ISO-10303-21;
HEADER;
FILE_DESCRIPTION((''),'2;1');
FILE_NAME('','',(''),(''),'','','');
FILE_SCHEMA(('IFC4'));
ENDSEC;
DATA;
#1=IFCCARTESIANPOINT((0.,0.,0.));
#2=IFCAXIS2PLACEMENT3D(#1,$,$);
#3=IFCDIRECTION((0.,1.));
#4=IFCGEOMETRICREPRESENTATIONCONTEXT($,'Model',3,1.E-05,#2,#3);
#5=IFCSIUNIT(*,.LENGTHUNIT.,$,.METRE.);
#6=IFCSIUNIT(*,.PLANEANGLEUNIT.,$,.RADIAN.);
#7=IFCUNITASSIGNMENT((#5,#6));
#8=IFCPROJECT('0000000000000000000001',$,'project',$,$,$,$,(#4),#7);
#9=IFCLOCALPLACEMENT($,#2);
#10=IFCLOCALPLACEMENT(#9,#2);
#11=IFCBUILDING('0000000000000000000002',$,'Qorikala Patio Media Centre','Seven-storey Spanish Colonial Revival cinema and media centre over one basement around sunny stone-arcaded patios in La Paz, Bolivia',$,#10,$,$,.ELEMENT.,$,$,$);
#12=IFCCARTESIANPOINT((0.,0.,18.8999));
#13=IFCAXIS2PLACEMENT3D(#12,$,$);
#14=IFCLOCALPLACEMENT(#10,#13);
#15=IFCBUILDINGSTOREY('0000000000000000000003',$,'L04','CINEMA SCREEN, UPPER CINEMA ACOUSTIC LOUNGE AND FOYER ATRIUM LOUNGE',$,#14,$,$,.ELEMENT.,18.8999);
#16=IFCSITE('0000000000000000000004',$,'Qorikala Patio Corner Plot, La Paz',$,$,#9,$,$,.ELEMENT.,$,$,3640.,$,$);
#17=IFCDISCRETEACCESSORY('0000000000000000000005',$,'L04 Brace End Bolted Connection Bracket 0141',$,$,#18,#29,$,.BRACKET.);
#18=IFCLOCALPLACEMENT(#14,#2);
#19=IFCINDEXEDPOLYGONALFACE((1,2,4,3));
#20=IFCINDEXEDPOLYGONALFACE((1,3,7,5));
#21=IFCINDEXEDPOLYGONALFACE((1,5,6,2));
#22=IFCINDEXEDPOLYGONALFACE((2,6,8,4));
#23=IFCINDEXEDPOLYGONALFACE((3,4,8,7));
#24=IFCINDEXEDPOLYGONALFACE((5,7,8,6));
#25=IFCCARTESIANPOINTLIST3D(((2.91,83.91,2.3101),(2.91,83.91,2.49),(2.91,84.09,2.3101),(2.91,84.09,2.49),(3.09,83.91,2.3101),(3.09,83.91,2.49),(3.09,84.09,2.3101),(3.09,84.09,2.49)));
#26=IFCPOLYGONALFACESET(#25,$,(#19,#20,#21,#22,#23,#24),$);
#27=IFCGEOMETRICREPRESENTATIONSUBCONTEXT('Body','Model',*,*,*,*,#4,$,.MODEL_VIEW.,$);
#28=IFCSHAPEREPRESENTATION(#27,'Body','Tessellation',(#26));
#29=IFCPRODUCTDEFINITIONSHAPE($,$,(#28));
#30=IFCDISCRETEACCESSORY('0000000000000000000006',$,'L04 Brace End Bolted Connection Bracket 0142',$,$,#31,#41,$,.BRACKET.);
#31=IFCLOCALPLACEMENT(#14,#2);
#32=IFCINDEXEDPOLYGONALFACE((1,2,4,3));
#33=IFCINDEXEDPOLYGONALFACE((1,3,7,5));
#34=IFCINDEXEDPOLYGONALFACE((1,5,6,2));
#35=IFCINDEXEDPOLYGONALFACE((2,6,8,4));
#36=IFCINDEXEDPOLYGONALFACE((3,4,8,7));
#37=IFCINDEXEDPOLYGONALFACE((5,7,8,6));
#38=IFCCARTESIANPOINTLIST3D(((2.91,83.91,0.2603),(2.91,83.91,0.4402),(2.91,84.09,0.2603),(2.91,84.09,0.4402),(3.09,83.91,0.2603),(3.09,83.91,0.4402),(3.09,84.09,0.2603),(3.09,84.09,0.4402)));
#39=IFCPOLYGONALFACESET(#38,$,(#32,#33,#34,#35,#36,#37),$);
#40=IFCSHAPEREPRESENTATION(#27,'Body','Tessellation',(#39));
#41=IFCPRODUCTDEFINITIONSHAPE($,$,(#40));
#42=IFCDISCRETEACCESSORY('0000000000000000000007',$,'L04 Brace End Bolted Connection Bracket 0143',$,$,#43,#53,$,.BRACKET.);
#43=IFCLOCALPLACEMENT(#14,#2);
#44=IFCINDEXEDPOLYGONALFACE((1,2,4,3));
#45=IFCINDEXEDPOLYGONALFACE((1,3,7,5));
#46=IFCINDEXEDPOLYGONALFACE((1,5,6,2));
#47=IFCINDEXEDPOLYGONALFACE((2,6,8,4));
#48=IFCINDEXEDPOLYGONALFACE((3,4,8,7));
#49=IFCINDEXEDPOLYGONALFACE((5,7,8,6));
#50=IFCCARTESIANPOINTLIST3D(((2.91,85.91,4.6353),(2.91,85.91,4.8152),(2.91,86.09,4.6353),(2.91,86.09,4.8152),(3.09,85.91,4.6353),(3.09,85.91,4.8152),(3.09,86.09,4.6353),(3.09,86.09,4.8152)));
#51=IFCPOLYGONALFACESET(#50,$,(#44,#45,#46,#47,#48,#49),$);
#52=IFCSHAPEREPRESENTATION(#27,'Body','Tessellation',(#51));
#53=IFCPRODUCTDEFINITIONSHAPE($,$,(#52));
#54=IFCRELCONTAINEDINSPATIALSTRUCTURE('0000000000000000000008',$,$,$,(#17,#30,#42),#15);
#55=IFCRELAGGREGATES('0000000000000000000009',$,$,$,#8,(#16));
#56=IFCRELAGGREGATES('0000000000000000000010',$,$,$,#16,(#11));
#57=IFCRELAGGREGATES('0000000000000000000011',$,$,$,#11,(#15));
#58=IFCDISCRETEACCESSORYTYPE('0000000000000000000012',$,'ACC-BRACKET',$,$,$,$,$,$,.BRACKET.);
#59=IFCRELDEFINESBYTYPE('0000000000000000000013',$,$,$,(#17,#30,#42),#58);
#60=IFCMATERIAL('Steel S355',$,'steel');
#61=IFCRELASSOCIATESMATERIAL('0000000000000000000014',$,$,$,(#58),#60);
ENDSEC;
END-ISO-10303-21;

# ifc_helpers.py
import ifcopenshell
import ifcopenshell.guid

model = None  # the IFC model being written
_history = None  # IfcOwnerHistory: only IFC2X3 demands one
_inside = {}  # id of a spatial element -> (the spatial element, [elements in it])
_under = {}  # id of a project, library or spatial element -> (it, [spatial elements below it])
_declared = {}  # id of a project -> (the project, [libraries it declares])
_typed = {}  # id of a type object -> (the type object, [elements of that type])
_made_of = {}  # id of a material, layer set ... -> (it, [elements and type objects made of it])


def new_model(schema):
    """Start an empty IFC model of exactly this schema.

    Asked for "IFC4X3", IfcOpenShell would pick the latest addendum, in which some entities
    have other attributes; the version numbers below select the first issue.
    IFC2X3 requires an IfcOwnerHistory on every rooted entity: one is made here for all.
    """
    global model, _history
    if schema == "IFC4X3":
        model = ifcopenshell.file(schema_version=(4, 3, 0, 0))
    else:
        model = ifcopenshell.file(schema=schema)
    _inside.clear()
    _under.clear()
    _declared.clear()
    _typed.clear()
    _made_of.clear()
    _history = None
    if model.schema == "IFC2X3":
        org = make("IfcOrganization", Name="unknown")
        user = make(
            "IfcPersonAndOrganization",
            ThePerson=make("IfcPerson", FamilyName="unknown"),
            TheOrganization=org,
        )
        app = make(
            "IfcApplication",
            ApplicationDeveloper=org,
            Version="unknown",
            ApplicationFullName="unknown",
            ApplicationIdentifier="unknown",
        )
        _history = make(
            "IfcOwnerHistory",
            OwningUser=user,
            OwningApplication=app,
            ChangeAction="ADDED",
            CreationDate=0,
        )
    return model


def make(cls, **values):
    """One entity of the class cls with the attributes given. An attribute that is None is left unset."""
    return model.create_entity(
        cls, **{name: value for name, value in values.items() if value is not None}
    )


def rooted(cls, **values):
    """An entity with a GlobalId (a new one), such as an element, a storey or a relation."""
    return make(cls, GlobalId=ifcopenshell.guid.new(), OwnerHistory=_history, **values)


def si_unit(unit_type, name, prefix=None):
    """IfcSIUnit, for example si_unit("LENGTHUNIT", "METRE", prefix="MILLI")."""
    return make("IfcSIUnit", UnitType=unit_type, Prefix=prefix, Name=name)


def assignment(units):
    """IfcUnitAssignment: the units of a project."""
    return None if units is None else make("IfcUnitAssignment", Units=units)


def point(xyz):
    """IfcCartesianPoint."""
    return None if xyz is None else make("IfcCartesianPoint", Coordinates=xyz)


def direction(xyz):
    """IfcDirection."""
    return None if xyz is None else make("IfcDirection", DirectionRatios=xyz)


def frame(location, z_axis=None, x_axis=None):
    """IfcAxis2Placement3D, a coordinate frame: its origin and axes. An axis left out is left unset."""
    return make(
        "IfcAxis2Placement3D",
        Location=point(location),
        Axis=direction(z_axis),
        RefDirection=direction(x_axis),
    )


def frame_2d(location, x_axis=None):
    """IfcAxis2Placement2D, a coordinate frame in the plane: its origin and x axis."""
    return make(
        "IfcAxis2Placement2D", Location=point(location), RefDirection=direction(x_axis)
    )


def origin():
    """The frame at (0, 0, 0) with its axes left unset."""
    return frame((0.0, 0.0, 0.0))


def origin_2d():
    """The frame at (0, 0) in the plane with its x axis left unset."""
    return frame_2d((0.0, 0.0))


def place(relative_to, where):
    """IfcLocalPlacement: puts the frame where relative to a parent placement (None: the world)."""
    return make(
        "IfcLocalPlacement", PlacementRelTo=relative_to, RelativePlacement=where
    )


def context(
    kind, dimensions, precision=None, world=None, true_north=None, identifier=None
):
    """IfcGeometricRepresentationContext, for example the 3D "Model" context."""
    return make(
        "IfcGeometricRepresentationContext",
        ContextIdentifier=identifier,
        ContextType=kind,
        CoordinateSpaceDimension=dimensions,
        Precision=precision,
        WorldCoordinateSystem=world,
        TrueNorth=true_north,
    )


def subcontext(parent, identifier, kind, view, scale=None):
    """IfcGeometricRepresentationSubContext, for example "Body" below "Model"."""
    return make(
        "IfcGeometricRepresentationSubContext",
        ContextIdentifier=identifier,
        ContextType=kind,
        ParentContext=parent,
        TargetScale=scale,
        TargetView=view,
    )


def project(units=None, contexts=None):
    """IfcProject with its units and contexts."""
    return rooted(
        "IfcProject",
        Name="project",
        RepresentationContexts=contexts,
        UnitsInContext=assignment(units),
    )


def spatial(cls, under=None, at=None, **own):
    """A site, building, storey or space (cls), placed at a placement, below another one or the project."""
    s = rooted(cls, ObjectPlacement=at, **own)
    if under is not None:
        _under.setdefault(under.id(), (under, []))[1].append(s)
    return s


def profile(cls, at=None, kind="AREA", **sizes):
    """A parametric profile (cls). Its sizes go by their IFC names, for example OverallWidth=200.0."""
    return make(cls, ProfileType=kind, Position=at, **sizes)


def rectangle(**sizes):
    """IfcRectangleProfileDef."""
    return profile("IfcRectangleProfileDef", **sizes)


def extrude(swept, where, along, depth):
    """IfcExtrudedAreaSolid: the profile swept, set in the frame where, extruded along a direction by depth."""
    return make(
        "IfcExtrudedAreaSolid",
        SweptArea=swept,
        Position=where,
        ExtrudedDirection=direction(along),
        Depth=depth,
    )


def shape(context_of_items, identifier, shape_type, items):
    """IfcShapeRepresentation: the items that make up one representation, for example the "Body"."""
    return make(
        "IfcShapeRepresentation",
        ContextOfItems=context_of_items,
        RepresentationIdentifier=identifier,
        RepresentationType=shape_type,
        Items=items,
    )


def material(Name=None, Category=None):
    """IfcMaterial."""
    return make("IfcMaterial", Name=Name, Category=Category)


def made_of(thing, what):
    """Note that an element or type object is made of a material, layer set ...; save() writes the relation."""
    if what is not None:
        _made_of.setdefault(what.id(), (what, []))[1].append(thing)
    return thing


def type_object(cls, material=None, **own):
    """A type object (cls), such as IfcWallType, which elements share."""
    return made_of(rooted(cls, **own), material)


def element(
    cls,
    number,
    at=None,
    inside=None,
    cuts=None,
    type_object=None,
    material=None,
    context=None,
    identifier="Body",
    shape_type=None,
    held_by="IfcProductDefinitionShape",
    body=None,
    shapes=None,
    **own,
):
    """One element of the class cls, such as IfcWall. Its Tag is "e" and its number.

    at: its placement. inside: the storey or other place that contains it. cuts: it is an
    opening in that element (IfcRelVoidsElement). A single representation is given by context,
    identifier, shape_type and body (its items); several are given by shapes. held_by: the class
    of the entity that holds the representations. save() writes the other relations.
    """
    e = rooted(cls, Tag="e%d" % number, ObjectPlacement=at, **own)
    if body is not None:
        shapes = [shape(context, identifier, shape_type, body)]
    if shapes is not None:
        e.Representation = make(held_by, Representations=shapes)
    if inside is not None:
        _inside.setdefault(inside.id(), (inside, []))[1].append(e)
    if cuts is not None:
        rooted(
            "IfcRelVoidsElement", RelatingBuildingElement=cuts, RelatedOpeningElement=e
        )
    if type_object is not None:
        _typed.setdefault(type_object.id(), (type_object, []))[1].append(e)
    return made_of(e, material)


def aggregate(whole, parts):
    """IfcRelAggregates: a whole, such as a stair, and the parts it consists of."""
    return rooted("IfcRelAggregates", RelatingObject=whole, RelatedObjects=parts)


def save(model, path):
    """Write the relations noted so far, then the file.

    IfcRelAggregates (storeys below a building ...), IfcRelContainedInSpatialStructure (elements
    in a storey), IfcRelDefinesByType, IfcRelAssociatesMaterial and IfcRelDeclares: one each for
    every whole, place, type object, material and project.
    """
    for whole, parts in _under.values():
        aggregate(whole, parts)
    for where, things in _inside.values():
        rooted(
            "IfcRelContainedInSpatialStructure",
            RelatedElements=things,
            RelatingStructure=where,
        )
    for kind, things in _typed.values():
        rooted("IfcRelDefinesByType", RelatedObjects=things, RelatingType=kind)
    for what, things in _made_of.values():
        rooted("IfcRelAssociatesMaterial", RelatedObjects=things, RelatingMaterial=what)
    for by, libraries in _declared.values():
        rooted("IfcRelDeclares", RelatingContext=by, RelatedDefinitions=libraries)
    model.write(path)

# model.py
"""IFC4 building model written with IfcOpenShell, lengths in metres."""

from ifc_helpers import new_model, si_unit, direction, frame, origin, origin_2d, place, context, subcontext, project, spatial, rectangle, extrude, material, type_object, element, save


model = new_model("IFC4")

# Units and contexts
model_context = context("Model", 3, precision=1e-05, world=origin(), true_north=direction((0.0, 1.0)))
body_context = subcontext(model_context, "Body", "Model", "MODEL_VIEW")
ifc_project = project(units=[si_unit("LENGTHUNIT", "METRE"), si_unit("PLANEANGLEUNIT", "RADIAN")], contexts=[model_context])

# Site, building, storey
site_placement = place(None, origin())
site = spatial("IfcSite", under=ifc_project, at=site_placement, Name="Qorikala Patio Corner Plot, La Paz", CompositionType="ELEMENT", RefElevation=3640.0)
building_placement = place(site_placement, origin())
building = spatial("IfcBuilding", under=site, at=building_placement, Name="Qorikala Patio Media Centre", Description="Seven-storey Spanish Colonial Revival cinema and media centre over one basement around sunny stone-arcaded patios in La Paz, Bolivia", CompositionType="ELEMENT")
storey_placement = place(building_placement, frame((0.0, 0.0, 18.8999)))
storey = spatial("IfcBuildingStorey", under=building, at=storey_placement, Name="L04", Description="CINEMA SCREEN, UPPER CINEMA ACOUSTIC LOUNGE AND FOYER ATRIUM LOUNGE", CompositionType="ELEMENT", Elevation=18.8999)

# Shared definitions
ifc_material_1 = material(Name="Steel S355", Category="steel")

# Discrete accessories
discrete_accessory_type = type_object("IfcDiscreteAccessoryType", Name="ACC-BRACKET", PredefinedType="BRACKET", material=ifc_material_1)
for number, where, z_axis, x_axis, name in (
    (1, (3.0, 84.0, 2.3101), (0.0, 0.0, 1.0), (1.0, 0.0, 0.0), "L04 Brace End Bolted Connection Bracket 0141"),
    (2, (3.0, 84.0, 0.2603), (0.0, 0.0, 1.0), (1.0, 0.0, 0.0), "L04 Brace End Bolted Connection Bracket 0142"),
    (3, (3.0, 86.0, 4.6353), (0.0, 0.0, 1.0), (1.0, 0.0, 0.0), "L04 Brace End Bolted Connection Bracket 0143"),
):
    element("IfcDiscreteAccessory", number, at=place(storey_placement, frame(where, z_axis=z_axis, x_axis=x_axis)), inside=storey, type_object=discrete_accessory_type, Name=name, PredefinedType="BRACKET", context=body_context, shape_type="SweptSolid", body=[
        extrude(rectangle(XDim=0.1799, YDim=0.1799, at=origin_2d()), origin(), (0.0, 0.0, 1.0), 0.1799),
    ])

save(model, "model.ifc")
